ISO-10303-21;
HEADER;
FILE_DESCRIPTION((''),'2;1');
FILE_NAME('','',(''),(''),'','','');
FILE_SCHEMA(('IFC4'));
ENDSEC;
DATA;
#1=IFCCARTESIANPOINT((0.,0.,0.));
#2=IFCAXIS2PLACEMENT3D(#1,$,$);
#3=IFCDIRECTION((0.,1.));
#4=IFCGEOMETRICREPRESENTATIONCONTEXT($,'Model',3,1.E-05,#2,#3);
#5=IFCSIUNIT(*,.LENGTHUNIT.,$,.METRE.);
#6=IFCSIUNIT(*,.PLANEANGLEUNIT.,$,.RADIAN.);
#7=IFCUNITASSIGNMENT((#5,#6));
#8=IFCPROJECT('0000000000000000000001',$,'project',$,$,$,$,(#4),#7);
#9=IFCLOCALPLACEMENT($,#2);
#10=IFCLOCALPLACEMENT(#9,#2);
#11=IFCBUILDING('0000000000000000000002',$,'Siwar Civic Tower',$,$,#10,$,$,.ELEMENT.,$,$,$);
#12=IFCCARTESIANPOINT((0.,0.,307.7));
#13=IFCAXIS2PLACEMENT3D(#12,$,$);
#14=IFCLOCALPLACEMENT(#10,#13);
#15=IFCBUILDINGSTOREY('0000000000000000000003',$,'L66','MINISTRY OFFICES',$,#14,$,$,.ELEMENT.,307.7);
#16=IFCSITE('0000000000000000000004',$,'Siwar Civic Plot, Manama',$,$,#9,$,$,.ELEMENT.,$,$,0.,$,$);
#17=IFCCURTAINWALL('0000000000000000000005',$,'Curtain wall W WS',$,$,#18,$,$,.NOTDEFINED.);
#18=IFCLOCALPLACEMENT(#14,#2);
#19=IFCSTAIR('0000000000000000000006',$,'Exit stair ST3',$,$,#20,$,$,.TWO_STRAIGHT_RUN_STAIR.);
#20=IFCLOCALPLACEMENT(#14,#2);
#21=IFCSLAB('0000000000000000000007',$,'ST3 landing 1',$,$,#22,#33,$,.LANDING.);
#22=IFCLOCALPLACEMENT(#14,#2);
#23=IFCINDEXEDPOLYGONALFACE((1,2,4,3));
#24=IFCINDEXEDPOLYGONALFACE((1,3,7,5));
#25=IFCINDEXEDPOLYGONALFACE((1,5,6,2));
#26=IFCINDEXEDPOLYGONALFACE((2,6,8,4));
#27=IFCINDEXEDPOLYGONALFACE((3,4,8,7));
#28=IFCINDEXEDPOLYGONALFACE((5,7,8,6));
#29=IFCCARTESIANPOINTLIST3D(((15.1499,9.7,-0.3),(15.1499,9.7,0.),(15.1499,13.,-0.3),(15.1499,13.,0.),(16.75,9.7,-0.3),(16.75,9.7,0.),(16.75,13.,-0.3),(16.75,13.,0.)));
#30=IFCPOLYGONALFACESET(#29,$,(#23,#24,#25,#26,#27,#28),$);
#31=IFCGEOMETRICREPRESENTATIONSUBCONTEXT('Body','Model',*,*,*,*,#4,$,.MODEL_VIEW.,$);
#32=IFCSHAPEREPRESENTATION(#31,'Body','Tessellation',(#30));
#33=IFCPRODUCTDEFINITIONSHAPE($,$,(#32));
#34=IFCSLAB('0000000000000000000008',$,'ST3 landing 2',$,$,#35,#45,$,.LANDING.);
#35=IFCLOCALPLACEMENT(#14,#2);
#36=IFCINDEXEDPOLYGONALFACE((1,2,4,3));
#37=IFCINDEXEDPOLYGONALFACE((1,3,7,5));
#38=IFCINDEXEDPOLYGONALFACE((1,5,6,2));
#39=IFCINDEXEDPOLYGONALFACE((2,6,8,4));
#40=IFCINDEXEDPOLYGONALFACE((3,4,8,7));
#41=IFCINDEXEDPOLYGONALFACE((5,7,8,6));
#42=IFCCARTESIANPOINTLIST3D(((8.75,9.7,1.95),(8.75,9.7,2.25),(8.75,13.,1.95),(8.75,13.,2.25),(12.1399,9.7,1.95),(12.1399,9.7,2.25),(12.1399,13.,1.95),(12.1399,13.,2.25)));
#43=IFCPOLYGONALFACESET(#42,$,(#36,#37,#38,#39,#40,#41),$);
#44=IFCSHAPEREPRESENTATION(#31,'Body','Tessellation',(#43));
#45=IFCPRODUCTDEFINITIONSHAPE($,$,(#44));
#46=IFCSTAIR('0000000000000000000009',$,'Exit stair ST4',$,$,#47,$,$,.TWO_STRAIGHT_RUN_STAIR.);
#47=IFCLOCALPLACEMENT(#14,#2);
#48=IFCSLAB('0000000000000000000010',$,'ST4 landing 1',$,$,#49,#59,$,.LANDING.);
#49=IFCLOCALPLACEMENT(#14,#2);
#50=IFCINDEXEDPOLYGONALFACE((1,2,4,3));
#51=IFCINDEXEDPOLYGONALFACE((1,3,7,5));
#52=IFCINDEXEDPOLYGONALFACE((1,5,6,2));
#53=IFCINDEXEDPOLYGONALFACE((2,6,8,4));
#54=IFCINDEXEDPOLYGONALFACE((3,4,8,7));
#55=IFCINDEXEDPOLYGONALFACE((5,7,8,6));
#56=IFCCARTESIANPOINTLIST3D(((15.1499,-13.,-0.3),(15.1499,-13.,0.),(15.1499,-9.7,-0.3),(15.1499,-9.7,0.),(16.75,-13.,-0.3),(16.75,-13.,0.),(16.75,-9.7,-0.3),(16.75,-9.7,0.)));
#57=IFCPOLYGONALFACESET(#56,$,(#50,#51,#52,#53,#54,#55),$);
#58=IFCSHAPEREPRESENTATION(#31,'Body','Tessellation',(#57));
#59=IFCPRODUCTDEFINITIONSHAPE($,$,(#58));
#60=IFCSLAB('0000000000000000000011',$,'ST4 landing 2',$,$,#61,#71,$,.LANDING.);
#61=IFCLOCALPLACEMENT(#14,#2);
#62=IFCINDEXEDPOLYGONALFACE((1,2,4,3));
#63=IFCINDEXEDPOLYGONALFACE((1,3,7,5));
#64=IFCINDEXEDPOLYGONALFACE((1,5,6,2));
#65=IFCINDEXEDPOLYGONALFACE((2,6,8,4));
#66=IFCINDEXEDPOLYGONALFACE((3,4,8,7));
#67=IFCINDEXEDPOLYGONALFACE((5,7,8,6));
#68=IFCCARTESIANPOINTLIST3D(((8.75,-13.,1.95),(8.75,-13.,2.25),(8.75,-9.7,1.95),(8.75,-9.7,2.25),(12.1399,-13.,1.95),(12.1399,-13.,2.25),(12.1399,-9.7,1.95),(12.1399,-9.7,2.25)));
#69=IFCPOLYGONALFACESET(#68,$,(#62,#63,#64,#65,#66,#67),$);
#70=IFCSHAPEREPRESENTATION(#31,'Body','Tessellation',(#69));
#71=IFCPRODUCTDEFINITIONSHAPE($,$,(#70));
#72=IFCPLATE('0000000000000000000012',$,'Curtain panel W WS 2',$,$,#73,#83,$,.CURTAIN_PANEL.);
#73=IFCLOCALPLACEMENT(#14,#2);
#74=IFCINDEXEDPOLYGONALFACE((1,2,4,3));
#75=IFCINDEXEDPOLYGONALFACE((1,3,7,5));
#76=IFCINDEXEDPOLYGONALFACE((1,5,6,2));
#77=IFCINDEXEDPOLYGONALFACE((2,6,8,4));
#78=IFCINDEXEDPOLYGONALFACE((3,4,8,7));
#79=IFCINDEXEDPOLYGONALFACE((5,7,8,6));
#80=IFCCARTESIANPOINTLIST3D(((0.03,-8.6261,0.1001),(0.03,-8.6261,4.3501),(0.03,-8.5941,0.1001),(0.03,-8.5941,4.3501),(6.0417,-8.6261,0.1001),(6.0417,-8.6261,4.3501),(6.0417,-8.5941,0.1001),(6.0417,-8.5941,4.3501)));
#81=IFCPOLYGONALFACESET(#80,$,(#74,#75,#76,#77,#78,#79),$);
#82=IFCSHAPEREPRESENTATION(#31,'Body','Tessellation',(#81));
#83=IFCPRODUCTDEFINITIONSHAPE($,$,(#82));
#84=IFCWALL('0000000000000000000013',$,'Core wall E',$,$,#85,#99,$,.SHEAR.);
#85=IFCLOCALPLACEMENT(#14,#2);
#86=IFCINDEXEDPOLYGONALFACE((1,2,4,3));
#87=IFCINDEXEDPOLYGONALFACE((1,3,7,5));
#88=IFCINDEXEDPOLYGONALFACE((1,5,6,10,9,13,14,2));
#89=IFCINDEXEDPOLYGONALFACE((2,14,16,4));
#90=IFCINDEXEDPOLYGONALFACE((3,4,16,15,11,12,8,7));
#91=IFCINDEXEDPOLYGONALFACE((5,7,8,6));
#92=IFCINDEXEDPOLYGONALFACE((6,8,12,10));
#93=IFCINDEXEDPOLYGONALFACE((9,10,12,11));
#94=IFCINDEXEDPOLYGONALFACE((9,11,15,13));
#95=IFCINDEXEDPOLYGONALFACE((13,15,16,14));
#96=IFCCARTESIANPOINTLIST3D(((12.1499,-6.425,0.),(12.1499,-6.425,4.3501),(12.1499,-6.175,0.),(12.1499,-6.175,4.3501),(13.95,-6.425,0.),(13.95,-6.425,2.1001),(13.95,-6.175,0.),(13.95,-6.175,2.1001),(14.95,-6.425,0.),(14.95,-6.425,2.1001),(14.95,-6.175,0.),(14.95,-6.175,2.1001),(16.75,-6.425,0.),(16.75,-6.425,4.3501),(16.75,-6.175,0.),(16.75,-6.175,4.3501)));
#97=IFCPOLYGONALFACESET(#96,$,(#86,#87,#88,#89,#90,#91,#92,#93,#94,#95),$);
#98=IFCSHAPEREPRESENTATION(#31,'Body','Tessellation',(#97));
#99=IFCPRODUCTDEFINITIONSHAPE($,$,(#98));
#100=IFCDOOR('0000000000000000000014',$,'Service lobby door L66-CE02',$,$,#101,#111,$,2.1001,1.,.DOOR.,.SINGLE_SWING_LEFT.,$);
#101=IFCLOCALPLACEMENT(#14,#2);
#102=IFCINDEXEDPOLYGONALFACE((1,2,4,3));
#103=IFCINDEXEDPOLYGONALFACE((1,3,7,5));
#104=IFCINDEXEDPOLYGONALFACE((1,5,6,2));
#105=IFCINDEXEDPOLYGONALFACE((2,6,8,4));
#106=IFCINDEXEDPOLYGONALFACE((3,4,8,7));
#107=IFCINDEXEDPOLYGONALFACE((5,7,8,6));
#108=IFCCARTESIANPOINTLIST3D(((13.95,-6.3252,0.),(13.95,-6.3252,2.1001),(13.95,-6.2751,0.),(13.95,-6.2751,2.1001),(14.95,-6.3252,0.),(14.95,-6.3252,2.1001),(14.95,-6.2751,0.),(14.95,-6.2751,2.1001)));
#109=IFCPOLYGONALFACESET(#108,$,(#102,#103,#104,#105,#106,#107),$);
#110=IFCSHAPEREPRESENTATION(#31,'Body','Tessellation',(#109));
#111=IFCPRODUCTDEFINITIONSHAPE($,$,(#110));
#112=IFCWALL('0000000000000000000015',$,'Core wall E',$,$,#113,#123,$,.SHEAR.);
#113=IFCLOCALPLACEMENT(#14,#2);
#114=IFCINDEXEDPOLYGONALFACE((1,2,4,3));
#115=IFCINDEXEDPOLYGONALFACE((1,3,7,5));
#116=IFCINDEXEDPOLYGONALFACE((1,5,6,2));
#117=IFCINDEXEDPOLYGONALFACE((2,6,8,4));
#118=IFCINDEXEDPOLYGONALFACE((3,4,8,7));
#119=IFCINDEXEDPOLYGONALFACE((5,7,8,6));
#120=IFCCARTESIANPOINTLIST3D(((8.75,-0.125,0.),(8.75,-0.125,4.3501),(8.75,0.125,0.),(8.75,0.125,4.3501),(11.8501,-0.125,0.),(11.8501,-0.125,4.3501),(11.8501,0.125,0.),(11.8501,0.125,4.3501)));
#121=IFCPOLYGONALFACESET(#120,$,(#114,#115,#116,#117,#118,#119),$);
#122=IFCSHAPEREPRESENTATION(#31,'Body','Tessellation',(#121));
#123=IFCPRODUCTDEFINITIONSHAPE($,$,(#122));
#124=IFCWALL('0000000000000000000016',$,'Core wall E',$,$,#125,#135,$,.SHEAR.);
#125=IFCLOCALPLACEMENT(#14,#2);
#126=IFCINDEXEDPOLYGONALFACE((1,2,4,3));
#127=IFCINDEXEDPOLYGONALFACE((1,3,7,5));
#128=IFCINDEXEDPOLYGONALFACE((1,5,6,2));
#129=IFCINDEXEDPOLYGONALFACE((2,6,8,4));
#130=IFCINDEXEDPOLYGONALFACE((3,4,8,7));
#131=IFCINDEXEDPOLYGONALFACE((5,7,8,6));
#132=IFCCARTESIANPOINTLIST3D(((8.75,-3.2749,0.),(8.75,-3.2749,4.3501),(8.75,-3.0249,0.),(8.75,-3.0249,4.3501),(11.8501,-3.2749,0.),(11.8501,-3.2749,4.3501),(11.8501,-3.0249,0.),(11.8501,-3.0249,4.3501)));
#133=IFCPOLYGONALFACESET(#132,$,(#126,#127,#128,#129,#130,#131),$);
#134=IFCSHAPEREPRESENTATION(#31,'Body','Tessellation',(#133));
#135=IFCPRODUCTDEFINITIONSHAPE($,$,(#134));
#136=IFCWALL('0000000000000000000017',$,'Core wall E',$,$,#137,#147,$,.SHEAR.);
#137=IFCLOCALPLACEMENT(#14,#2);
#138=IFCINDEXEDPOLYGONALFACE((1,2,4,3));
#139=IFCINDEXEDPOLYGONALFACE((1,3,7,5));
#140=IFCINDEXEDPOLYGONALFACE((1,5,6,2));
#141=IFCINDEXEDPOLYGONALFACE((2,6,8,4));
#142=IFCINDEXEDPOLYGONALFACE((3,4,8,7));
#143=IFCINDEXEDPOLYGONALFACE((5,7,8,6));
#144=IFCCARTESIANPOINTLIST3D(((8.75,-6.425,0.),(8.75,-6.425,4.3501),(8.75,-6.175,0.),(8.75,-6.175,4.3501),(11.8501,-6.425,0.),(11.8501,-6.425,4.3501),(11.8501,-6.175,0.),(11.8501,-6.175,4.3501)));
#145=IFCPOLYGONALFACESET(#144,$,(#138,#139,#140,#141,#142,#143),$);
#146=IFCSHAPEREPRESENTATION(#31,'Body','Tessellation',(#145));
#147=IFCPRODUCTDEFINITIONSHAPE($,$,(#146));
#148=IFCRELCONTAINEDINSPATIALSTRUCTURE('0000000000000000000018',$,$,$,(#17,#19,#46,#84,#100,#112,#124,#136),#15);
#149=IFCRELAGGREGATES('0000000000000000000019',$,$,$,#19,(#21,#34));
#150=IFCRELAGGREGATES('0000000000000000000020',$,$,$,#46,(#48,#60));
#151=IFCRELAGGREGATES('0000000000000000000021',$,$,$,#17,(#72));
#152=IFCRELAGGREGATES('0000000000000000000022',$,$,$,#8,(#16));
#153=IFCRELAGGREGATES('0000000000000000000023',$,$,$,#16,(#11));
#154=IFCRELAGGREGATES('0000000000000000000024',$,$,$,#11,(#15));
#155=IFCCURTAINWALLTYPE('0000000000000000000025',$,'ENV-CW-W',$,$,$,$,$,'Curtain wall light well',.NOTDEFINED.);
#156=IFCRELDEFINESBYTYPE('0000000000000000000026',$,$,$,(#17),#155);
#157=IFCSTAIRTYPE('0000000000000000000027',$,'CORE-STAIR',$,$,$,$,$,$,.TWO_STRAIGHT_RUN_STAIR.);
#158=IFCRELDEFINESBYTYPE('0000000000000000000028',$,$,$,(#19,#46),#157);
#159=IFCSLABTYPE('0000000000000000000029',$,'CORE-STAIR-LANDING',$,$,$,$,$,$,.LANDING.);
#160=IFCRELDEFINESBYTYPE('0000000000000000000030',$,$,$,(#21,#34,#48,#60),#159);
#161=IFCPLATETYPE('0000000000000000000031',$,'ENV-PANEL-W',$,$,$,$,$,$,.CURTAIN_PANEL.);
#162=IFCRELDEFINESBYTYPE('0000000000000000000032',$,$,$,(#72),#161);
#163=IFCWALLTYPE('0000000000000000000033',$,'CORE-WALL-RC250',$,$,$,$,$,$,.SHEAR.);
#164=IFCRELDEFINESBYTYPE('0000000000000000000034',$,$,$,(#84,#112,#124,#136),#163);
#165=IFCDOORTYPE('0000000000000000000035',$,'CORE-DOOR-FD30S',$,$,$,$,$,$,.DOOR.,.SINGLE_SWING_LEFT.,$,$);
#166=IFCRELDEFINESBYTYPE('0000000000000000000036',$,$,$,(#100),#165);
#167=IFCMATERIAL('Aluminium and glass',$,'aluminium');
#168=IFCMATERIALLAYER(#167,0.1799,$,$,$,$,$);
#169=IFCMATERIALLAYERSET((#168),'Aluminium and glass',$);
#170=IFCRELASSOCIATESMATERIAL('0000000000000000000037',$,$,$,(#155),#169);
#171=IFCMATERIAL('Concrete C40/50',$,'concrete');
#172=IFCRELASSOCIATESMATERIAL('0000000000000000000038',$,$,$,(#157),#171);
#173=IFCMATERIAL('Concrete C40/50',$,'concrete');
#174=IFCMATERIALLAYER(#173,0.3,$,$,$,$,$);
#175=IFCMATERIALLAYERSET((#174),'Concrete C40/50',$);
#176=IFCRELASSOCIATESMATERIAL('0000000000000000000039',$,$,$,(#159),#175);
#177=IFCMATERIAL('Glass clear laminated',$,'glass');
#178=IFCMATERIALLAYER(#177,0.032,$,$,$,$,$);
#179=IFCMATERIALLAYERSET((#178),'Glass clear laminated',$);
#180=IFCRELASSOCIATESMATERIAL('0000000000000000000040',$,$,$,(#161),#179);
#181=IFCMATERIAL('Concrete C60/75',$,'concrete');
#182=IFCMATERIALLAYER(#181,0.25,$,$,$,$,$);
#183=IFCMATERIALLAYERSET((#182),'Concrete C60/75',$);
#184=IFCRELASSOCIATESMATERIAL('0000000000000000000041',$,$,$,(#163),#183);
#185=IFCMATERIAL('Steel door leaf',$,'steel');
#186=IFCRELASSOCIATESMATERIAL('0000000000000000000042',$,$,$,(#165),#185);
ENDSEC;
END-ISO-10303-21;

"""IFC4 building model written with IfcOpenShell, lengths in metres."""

from ifc_helpers import new_model, si_unit, direction, frame, frame_2d, origin, origin_2d, place, context, subcontext, project, spatial, polyline, rectangle, outline, extrude, material, layer, layer_set, type_object, element, fill, aggregate, save


model = new_model("IFC4")

# Units and contexts
model_context = context("Model", 3, precision=1e-05, world=origin(), true_north=direction((0.0, 1.0)))
body_context = subcontext(model_context, "Body", "Model", "MODEL_VIEW")
ifc_project = project(units=[si_unit("LENGTHUNIT", "METRE"), si_unit("PLANEANGLEUNIT", "RADIAN")], contexts=[model_context])

# Site, building, storey
site_placement = place(None, origin())
site = spatial("IfcSite", under=ifc_project, at=site_placement, Name="Siwar Civic Plot, Manama", CompositionType="ELEMENT", RefElevation=0.0)
building_placement = place(site_placement, origin())
building = spatial("IfcBuilding", under=site, at=building_placement, Name="Siwar Civic Tower", CompositionType="ELEMENT")
storey_placement = place(building_placement, frame((0.0, 0.0, 307.7)))
storey = spatial("IfcBuildingStorey", under=building, at=storey_placement, Name="L66", Description="MINISTRY OFFICES", CompositionType="ELEMENT", Elevation=307.7)

# Curtain wall
ifc_material_1 = material(Name="Aluminium and glass", Category="aluminium")
ifc_layer_1 = layer(ifc_material_1, 0.1799)
ifc_layer_set_1 = layer_set([ifc_layer_1], Name="Aluminium and glass")
curtain_wall_type = type_object("IfcCurtainWallType", Name="ENV-CW-W", ElementType="Curtain wall light well", PredefinedType="NOTDEFINED", material=ifc_layer_set_1)
curtain_wall_placement = place(storey_placement, origin())
curtain_wall = element("IfcCurtainWall", 1, at=curtain_wall_placement, inside=storey, type_object=curtain_wall_type, Name="Curtain wall W WS", PredefinedType="NOTDEFINED")

# Shared definitions
ifc_material_2 = material(Name="Concrete C40/50", Category="concrete")
stair_type = type_object("IfcStairType", Name="CORE-STAIR", PredefinedType="TWO_STRAIGHT_RUN_STAIR", material=ifc_material_2)
ifc_material_3 = material(Name="Concrete C40/50", Category="concrete")
ifc_layer_2 = layer(ifc_material_3, 0.3)
ifc_layer_set_2 = layer_set([ifc_layer_2], Name="Concrete C40/50")
slab_type_1 = type_object("IfcSlabType", Name="CORE-STAIR-LANDING", PredefinedType="LANDING", material=ifc_layer_set_2)

# Stairs, slabs
stair_1_placement = place(storey_placement, origin())
stair_1 = element("IfcStair", 2, at=stair_1_placement, inside=storey, type_object=stair_type, Name="Exit stair ST3", PredefinedType="TWO_STRAIGHT_RUN_STAIR")
slab_1_placement = place(storey_placement, frame((0.0, 0.0, -0.3)))
slab_1 = element("IfcSlab", 3, at=slab_1_placement, type_object=slab_type_1, Name="ST3 landing 1", PredefinedType="LANDING", context=body_context, shape_type="SweptSolid", body=[
    extrude(outline(polyline([(15.1499, 9.7), (16.75, 9.7), (16.75, 13.0), (15.1499, 13.0), (15.1499, 9.7)])), origin(), (0.0, 0.0, 1.0), 0.3),
])
slab_2_placement = place(storey_placement, frame((0.0, 0.0, 1.95)))
slab_2 = element("IfcSlab", 4, at=slab_2_placement, type_object=slab_type_1, Name="ST3 landing 2", PredefinedType="LANDING", context=body_context, shape_type="SweptSolid", body=[
    extrude(outline(polyline([(8.75, 9.7), (12.1399, 9.7), (12.1399, 13.0), (8.75, 13.0), (8.75, 9.7)])), origin(), (0.0, 0.0, 1.0), 0.3),
])
aggregate(stair_1, [slab_1, slab_2])
stair_2_placement = place(storey_placement, origin())
stair_2 = element("IfcStair", 5, at=stair_2_placement, inside=storey, type_object=stair_type, Name="Exit stair ST4", PredefinedType="TWO_STRAIGHT_RUN_STAIR")
slab_3_placement = place(storey_placement, frame((0.0, 0.0, -0.3)))
slab_3 = element("IfcSlab", 6, at=slab_3_placement, type_object=slab_type_1, Name="ST4 landing 1", PredefinedType="LANDING", context=body_context, shape_type="SweptSolid", body=[
    extrude(outline(polyline([(15.1499, -13.0), (16.75, -13.0), (16.75, -9.7), (15.1499, -9.7), (15.1499, -13.0)])), origin(), (0.0, 0.0, 1.0), 0.3),
])
slab_4_placement = place(storey_placement, frame((0.0, 0.0, 1.95)))
slab_4 = element("IfcSlab", 7, at=slab_4_placement, type_object=slab_type_1, Name="ST4 landing 2", PredefinedType="LANDING", context=body_context, shape_type="SweptSolid", body=[
    extrude(outline(polyline([(8.75, -13.0), (12.1399, -13.0), (12.1399, -9.7), (8.75, -9.7), (8.75, -13.0)])), origin(), (0.0, 0.0, 1.0), 0.3),
])
aggregate(stair_2, [slab_3, slab_4])

# Plate
ifc_material_4 = material(Name="Glass clear laminated", Category="glass")
ifc_layer_3 = layer(ifc_material_4, 0.032)
ifc_layer_set_3 = layer_set([ifc_layer_3], Name="Glass clear laminated")
plate_type = type_object("IfcPlateType", Name="ENV-PANEL-W", PredefinedType="CURTAIN_PANEL", material=ifc_layer_set_3)
plate_placement = place(storey_placement, frame((3.0359, -8.6101, 0.1001), z_axis=(0.0, 0.0, 1.0), x_axis=(1.0, 0.0, 0.0)))
plate = element("IfcPlate", 8, at=plate_placement, type_object=plate_type, Name="Curtain panel W WS 2", PredefinedType="CURTAIN_PANEL", context=body_context, shape_type="SweptSolid", body=[
    extrude(rectangle(XDim=6.0117, YDim=0.032, at=origin_2d()), origin(), (0.0, 0.0, 1.0), 4.25),
])
aggregate(curtain_wall, [plate])

# Wall, opening, door
ifc_material_5 = material(Name="Concrete C60/75", Category="concrete")
ifc_layer_4 = layer(ifc_material_5, 0.25)
ifc_layer_set_4 = layer_set([ifc_layer_4], Name="Concrete C60/75")
wall_type_1 = type_object("IfcWallType", Name="CORE-WALL-RC250", PredefinedType="SHEAR", material=ifc_layer_set_4)
wall_1_placement = place(storey_placement, frame((12.1499, -6.3, 0.0), z_axis=(0.0, 0.0, 1.0), x_axis=(1.0, 0.0, 0.0)))
wall_1 = element("IfcWall", 9, at=wall_1_placement, inside=storey, type_object=wall_type_1, Name="Core wall E", PredefinedType="SHEAR", context=body_context, shape_type="SweptSolid", body=[
    extrude(rectangle(XDim=4.6001, YDim=0.25, at=frame_2d((2.3, 0.0))), origin(), (0.0, 0.0, 1.0), 4.3501),
])
opening_1_placement = place(wall_1_placement, frame((1.8, 0.0, 0.0)))
opening_1 = element("IfcOpeningElement", 10, at=opening_1_placement, cuts=wall_1, PredefinedType="OPENING", context=body_context, shape_type="SweptSolid", body=[
    extrude(rectangle(XDim=1.0, YDim=2.1001, at=frame_2d((0.5, 1.05))), frame((0.0, 0.135, 0.0), z_axis=(0.0, -1.0, 0.0), x_axis=(1.0, 0.0, 0.0)), (0.0, 0.0, 1.0), 0.27),
])
ifc_material_6 = material(Name="Steel door leaf", Category="steel")
door_type_1 = type_object("IfcDoorType", Name="CORE-DOOR-FD30S", OperationType="SINGLE_SWING_LEFT", PredefinedType="DOOR", material=ifc_material_6)
door_1_placement = place(opening_1_placement, origin())
door_1 = element("IfcDoor", 11, at=door_1_placement, inside=storey, type_object=door_type_1, Name="Service lobby door L66-CE02", OperationType="SINGLE_SWING_LEFT", OverallHeight=2.1001, OverallWidth=1.0, PredefinedType="DOOR", context=body_context, shape_type="SweptSolid", body=[
    extrude(rectangle(XDim=1.0, YDim=2.1001, at=frame_2d((0.5, 1.05))), frame((0.0, 0.0249, 0.0), z_axis=(0.0, -1.0, 0.0), x_axis=(1.0, 0.0, 0.0)), (0.0, 0.0, 1.0), 0.05),
])
fill(opening_1, door_1)

# Walls
for number, where, z_axis, x_axis, name in (
    (12, (8.75, 0.0, 0.0), (0.0, 0.0, 1.0), (1.0, 0.0, 0.0), "Core wall E"),
    (13, (8.75, -3.1499, 0.0), (0.0, 0.0, 1.0), (1.0, 0.0, 0.0), "Core wall E"),
    (14, (8.75, -6.3, 0.0), (0.0, 0.0, 1.0), (1.0, 0.0, 0.0), "Core wall E"),
):
    element("IfcWall", number, at=place(storey_placement, frame(where, z_axis=z_axis, x_axis=x_axis)), inside=storey, type_object=wall_type_1, Name=name, PredefinedType="SHEAR", context=body_context, shape_type="SweptSolid", body=[
        extrude(rectangle(XDim=3.1001, YDim=0.25, at=frame_2d((1.55, 0.0))), origin(), (0.0, 0.0, 1.0), 4.3501),
    ])

save(model, "model.ifc")
